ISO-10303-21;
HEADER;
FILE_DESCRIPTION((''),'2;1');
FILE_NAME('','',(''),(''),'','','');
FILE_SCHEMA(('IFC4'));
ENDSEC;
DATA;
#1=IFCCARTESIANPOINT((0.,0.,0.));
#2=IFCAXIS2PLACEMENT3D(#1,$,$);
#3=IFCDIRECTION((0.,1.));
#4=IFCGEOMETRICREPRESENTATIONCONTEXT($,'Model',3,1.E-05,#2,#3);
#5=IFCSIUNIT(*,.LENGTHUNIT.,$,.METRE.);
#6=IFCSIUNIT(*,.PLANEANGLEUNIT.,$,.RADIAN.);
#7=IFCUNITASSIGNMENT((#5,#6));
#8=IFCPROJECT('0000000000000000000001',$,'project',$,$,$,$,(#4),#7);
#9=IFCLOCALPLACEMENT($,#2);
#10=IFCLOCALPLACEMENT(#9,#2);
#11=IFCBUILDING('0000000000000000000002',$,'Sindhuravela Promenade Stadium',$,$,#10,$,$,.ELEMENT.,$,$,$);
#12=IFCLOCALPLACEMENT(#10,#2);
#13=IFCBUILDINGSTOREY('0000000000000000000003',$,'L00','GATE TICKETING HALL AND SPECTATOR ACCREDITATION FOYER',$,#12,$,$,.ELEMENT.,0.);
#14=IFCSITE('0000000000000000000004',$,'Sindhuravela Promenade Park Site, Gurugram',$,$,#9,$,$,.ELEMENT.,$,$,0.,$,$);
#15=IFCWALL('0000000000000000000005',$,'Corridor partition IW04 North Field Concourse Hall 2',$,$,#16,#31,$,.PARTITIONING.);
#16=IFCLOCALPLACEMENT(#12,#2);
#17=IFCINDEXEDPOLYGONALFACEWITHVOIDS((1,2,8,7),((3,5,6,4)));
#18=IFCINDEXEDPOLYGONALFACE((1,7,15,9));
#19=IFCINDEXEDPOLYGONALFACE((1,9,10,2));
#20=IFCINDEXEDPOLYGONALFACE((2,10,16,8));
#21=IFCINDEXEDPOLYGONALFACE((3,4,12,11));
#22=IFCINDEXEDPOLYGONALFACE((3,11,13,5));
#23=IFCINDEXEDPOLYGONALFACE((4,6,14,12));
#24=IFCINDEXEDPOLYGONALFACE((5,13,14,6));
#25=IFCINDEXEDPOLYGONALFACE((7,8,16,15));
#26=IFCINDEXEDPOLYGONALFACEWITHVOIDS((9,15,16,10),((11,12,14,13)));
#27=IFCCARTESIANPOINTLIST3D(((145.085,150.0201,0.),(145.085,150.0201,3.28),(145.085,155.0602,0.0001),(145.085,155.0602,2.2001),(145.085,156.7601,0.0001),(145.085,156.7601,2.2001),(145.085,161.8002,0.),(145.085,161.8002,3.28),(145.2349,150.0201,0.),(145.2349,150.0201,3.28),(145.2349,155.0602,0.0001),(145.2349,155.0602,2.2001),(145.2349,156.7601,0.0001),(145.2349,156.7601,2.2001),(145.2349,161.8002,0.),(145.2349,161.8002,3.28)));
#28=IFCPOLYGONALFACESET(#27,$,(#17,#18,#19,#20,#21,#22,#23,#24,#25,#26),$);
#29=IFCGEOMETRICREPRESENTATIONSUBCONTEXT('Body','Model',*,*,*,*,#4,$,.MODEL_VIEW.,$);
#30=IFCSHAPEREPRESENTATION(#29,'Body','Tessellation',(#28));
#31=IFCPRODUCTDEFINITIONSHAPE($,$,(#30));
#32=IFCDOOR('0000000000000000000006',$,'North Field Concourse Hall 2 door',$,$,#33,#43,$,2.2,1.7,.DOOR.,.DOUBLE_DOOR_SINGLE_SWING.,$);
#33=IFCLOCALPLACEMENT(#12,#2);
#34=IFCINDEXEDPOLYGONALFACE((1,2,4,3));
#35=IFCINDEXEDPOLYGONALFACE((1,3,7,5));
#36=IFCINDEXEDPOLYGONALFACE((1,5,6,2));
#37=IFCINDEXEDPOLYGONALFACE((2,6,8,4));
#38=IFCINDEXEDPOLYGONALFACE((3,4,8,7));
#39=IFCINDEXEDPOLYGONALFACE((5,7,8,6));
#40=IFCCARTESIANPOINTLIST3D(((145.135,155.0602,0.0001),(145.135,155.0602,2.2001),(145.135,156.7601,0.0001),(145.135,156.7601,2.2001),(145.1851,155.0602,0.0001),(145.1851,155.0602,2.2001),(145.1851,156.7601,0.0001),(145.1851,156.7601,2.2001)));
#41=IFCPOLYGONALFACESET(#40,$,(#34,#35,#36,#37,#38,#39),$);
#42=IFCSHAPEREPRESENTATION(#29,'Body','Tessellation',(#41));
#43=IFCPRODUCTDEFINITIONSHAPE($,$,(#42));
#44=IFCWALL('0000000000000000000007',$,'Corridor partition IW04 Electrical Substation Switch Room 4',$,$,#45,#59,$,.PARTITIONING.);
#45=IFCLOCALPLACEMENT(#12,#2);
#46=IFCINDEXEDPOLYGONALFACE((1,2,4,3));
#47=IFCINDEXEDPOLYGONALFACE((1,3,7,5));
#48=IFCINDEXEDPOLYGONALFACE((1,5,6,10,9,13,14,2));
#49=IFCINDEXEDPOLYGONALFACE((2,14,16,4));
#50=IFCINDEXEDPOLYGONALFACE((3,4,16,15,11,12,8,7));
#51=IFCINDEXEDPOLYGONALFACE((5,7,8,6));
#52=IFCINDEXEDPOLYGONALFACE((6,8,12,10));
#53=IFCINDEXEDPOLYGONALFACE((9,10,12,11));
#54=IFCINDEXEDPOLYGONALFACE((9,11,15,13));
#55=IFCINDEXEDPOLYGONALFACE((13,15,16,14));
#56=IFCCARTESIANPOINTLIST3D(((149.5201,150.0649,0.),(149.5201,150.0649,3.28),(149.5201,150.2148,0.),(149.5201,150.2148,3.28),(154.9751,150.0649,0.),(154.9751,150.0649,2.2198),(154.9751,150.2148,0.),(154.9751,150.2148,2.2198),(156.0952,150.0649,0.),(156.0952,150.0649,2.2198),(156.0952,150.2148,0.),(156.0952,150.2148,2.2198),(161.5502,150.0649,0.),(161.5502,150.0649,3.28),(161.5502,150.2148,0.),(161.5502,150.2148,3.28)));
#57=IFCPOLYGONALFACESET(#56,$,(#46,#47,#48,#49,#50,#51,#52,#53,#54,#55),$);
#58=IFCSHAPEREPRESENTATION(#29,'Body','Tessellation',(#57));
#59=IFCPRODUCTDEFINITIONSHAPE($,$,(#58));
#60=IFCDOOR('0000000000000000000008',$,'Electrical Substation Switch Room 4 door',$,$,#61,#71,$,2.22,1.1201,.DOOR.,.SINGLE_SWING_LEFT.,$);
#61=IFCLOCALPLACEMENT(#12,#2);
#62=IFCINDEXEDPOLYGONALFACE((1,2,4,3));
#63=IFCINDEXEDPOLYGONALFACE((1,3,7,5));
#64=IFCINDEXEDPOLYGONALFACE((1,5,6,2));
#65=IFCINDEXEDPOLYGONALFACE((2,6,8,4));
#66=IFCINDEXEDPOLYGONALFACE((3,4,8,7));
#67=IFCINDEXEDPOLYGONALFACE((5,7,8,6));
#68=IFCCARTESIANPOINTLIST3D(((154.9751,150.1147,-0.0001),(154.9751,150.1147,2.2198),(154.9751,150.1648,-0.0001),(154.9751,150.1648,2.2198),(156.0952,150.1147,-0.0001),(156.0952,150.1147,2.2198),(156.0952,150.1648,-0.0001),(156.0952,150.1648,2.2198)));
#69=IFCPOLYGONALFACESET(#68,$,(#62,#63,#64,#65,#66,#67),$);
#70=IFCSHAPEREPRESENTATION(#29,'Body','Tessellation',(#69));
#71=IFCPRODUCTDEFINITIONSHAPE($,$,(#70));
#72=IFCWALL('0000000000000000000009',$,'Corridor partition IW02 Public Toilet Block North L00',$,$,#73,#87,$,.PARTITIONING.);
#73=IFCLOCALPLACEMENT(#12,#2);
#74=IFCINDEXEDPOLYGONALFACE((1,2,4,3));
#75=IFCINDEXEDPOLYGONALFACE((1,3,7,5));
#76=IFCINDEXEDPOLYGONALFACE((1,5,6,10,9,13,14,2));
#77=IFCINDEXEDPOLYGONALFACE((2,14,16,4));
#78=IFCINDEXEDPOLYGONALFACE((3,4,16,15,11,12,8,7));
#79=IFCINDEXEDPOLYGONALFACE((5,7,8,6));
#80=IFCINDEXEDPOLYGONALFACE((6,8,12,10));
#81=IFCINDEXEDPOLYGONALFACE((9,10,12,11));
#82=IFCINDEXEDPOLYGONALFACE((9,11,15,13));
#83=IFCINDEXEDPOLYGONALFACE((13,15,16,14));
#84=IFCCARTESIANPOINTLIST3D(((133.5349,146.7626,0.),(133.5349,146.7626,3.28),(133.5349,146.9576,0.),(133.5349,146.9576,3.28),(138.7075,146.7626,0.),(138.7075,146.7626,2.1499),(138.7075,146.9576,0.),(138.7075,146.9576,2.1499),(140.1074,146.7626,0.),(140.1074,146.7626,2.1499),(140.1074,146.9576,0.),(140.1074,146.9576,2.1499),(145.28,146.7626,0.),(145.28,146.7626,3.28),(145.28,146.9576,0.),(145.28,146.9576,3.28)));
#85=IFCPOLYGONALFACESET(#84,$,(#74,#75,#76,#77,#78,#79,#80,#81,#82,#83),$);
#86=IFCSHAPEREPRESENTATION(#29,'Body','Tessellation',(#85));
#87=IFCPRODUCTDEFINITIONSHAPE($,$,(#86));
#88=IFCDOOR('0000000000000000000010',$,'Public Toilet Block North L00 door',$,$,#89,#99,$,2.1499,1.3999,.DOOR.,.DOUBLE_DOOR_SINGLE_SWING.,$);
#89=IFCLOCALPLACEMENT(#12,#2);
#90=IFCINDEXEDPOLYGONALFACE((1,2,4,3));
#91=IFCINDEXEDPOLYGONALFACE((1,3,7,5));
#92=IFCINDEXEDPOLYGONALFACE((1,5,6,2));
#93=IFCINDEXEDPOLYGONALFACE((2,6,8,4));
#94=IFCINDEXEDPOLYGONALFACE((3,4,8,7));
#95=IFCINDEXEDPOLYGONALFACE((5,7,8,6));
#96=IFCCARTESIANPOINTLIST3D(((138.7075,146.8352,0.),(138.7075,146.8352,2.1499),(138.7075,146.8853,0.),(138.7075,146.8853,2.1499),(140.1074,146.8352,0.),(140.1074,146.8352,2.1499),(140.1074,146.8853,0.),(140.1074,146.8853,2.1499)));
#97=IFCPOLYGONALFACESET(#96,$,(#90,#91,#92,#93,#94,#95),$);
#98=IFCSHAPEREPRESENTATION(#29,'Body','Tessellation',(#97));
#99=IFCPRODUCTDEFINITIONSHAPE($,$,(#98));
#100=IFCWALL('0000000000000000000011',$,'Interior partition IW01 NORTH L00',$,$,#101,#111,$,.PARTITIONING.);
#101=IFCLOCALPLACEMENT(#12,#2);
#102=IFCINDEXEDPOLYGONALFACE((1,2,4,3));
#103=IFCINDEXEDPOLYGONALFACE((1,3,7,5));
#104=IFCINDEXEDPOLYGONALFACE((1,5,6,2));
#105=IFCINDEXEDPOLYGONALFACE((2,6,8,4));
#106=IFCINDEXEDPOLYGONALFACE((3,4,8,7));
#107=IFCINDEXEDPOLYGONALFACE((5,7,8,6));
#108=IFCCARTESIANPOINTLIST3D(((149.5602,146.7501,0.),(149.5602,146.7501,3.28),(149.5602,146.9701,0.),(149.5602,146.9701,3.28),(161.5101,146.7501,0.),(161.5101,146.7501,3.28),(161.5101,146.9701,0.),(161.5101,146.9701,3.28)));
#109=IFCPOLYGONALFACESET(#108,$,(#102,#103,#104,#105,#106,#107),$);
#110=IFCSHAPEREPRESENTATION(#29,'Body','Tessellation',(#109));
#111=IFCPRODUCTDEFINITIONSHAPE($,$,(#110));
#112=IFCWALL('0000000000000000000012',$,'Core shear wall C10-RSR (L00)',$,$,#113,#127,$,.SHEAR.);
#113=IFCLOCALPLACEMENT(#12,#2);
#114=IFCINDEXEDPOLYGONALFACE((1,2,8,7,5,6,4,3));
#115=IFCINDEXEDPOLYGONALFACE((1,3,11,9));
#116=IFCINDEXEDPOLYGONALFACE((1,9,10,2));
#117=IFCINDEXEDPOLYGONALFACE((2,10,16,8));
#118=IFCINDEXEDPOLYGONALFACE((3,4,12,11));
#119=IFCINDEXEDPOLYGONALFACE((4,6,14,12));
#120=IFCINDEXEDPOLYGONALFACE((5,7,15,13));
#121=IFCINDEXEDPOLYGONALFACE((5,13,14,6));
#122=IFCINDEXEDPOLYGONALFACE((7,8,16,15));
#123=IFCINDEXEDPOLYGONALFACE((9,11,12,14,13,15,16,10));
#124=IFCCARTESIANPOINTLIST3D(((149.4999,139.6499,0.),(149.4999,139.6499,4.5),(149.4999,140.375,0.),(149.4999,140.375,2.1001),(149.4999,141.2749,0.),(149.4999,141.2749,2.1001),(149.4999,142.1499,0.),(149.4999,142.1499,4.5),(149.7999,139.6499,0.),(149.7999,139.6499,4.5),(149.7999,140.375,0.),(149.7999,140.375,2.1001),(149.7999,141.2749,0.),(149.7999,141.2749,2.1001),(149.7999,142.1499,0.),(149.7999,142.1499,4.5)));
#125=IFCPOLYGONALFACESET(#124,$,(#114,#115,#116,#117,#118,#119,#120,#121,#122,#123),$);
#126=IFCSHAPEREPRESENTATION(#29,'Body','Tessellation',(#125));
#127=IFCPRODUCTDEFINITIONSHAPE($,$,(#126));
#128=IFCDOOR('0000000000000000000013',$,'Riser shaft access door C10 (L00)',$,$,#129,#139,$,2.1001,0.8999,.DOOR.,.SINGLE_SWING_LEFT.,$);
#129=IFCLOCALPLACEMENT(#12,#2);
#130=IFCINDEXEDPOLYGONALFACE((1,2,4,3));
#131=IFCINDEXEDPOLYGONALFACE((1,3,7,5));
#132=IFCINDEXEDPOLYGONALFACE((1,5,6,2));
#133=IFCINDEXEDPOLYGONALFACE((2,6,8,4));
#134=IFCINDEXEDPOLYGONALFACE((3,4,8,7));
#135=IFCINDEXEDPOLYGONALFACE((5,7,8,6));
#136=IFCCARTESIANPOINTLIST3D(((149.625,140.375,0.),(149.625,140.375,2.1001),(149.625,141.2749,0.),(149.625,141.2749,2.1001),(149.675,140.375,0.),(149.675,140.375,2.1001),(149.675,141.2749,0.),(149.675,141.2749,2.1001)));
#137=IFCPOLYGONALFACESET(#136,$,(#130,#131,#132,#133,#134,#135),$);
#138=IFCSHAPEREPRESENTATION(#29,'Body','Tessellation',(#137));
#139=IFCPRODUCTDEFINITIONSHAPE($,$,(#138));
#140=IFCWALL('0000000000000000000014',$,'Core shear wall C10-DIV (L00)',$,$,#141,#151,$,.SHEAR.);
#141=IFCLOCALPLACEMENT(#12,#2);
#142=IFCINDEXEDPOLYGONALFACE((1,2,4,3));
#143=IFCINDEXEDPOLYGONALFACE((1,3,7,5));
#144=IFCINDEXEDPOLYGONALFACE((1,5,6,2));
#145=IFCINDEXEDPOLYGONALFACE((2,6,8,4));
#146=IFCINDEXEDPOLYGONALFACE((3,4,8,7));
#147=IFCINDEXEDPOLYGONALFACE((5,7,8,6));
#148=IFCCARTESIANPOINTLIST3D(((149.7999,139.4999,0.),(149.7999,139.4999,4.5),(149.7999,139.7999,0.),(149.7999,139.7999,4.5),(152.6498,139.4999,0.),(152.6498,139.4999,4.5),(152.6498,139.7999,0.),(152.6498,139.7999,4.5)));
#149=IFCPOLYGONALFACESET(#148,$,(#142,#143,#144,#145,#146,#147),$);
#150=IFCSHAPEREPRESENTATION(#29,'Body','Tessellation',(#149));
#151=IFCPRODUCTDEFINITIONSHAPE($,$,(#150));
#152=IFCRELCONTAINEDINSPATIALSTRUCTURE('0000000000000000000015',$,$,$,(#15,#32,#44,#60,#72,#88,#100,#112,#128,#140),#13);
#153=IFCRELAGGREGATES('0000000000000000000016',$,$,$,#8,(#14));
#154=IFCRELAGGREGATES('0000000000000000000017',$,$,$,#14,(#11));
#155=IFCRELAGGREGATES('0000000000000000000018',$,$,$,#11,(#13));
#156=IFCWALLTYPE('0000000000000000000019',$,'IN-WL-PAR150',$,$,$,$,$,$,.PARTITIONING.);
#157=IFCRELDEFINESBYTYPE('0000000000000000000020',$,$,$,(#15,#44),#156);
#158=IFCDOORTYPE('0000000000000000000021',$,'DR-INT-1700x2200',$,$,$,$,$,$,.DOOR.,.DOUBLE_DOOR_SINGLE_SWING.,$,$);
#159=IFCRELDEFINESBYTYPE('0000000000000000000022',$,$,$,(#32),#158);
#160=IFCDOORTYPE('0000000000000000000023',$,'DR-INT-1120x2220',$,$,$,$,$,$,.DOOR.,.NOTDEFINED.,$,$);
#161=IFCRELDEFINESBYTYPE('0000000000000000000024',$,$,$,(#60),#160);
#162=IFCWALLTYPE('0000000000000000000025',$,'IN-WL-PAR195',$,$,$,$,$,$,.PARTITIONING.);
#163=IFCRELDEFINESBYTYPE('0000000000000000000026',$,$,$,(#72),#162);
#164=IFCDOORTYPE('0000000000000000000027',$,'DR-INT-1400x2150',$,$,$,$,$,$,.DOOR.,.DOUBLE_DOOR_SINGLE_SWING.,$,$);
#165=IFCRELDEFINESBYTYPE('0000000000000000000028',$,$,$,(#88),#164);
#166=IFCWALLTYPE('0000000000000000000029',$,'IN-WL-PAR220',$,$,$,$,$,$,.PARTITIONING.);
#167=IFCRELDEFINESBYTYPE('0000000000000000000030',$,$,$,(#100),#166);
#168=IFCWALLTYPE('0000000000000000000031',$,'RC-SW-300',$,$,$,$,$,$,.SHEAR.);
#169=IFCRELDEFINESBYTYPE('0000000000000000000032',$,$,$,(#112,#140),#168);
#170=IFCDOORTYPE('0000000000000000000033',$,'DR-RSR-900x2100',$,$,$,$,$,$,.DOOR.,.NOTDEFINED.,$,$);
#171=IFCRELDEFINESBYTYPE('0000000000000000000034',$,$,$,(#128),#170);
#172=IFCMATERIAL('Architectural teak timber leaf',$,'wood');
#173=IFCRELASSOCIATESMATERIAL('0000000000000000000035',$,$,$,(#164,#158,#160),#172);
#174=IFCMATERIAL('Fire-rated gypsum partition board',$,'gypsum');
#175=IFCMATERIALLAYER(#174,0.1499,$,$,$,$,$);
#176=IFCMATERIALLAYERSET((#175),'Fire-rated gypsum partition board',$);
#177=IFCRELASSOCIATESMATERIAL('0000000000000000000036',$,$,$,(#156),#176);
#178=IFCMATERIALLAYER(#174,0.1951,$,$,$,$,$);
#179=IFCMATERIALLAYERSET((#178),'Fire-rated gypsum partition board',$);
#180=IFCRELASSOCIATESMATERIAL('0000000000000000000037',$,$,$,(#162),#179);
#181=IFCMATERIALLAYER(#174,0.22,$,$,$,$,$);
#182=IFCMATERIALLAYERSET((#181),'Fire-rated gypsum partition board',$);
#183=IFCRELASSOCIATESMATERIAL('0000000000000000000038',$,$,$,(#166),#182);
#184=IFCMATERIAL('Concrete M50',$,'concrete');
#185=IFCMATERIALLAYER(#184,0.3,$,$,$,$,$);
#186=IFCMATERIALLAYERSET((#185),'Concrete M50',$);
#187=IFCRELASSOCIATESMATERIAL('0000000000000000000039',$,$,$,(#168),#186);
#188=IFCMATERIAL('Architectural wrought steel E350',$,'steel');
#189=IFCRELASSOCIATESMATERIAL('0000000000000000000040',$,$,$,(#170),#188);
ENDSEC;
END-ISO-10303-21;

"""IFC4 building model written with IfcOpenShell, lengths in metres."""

from ifc_helpers import new_model, si_unit, direction, frame, frame_2d, origin, place, context, subcontext, project, spatial, rectangle, extrude, material, layer, layer_set, type_object, element, fill, save


model = new_model("IFC4")

# Units and contexts
model_context = context("Model", 3, precision=1e-05, world=origin(), true_north=direction((0.0, 1.0)))
body_context = subcontext(model_context, "Body", "Model", "MODEL_VIEW")
ifc_project = project(units=[si_unit("LENGTHUNIT", "METRE"), si_unit("PLANEANGLEUNIT", "RADIAN")], contexts=[model_context])

# Site, building, storey
site_placement = place(None, origin())
site = spatial("IfcSite", under=ifc_project, at=site_placement, Name="Sindhuravela Promenade Park Site, Gurugram", CompositionType="ELEMENT", RefElevation=0.0)
building_placement = place(site_placement, origin())
building = spatial("IfcBuilding", under=site, at=building_placement, Name="Sindhuravela Promenade Stadium", CompositionType="ELEMENT")
storey_placement = place(building_placement, origin())
storey = spatial("IfcBuildingStorey", under=building, at=storey_placement, Name="L00", Description="GATE TICKETING HALL AND SPECTATOR ACCREDITATION FOYER", CompositionType="ELEMENT", Elevation=0.0)

# Shared definitions
ifc_material_1 = material(Name="Concrete M50", Category="concrete")

# Shared definitions
ifc_material_2 = material(Name="Fire-rated gypsum partition board", Category="gypsum")
ifc_material_3 = material(Name="Architectural teak timber leaf", Category="wood")
door_type_1 = type_object("IfcDoorType", Name="DR-INT-1400x2150", OperationType="DOUBLE_DOOR_SINGLE_SWING", PredefinedType="DOOR", material=ifc_material_3)

# Walls, openings, doors
ifc_layer_1 = layer(ifc_material_2, 0.1499)
ifc_layer_set_1 = layer_set([ifc_layer_1], Name="Fire-rated gypsum partition board")
wall_type_1 = type_object("IfcWallType", Name="IN-WL-PAR150", PredefinedType="PARTITIONING", material=ifc_layer_set_1)
wall_1_placement = place(storey_placement, frame((145.1599, 150.02, 0.0), z_axis=(0.0, 0.0, 1.0), x_axis=(0.0, 1.0, 0.0)))
wall_1 = element("IfcWall", 1, at=wall_1_placement, inside=storey, type_object=wall_type_1, Name="Corridor partition IW04 North Field Concourse Hall 2", PredefinedType="PARTITIONING", context=body_context, shape_type="SweptSolid", body=[
    extrude(rectangle(XDim=11.78, YDim=0.1499, at=frame_2d((5.8901, 0.0))), origin(), (0.0, 0.0, 1.0), 3.28),
])
opening_1_placement = place(wall_1_placement, frame((5.04, 0.0, 0.0)))
opening_1 = element("IfcOpeningElement", 2, at=opening_1_placement, cuts=wall_1, PredefinedType="OPENING", context=body_context, shape_type="SweptSolid", body=[
    extrude(rectangle(XDim=1.7, YDim=2.2, at=frame_2d((0.8501, 1.1001))), frame((0.0, 0.085, 0.0), z_axis=(0.0, -1.0, 0.0), x_axis=(1.0, 0.0, 0.0)), (0.0, 0.0, 1.0), 0.1699),
])
door_type_2 = type_object("IfcDoorType", Name="DR-INT-1700x2200", OperationType="DOUBLE_DOOR_SINGLE_SWING", PredefinedType="DOOR", material=ifc_material_3)
door_1_placement = place(opening_1_placement, origin())
door_1 = element("IfcDoor", 3, at=door_1_placement, inside=storey, type_object=door_type_2, Name="North Field Concourse Hall 2 door", OperationType="DOUBLE_DOOR_SINGLE_SWING", OverallHeight=2.2, OverallWidth=1.7, PredefinedType="DOOR", context=body_context, shape_type="SweptSolid", body=[
    extrude(rectangle(XDim=1.7, YDim=2.2, at=frame_2d((0.8501, 1.1001))), frame((0.0, 0.0249, 0.0), z_axis=(0.0, -1.0, 0.0), x_axis=(1.0, 0.0, 0.0)), (0.0, 0.0, 1.0), 0.05),
])
fill(opening_1, door_1)
wall_2_placement = place(storey_placement, frame((149.52, 150.1399, 0.0), z_axis=(0.0, 0.0, 1.0), x_axis=(1.0, 0.0, 0.0)))
wall_2 = element("IfcWall", 4, at=wall_2_placement, inside=storey, type_object=wall_type_1, Name="Corridor partition IW04 Electrical Substation Switch Room 4", PredefinedType="PARTITIONING", context=body_context, shape_type="SweptSolid", body=[
    extrude(rectangle(XDim=12.03, YDim=0.1499, at=frame_2d((6.0151, 0.0))), origin(), (0.0, 0.0, 1.0), 3.28),
])
opening_2_placement = place(wall_2_placement, frame((5.4551, 0.0, 0.0)))
opening_2 = element("IfcOpeningElement", 5, at=opening_2_placement, cuts=wall_2, PredefinedType="OPENING", context=body_context, shape_type="SweptSolid", body=[
    extrude(rectangle(XDim=1.1201, YDim=2.22, at=frame_2d((0.5601, 1.1099))), frame((0.0, 0.085, 0.0), z_axis=(0.0, -1.0, 0.0), x_axis=(1.0, 0.0, 0.0)), (0.0, 0.0, 1.0), 0.1699),
])
door_type_3 = type_object("IfcDoorType", Name="DR-INT-1120x2220", OperationType="NOTDEFINED", PredefinedType="DOOR", material=ifc_material_3)
door_2_placement = place(opening_2_placement, origin())
door_2 = element("IfcDoor", 6, at=door_2_placement, inside=storey, type_object=door_type_3, Name="Electrical Substation Switch Room 4 door", OperationType="SINGLE_SWING_LEFT", OverallHeight=2.22, OverallWidth=1.1201, PredefinedType="DOOR", context=body_context, shape_type="SweptSolid", body=[
    extrude(rectangle(XDim=1.1201, YDim=2.22, at=frame_2d((0.5601, 1.1099))), frame((0.0, 0.0249, 0.0), z_axis=(0.0, -1.0, 0.0), x_axis=(1.0, 0.0, 0.0)), (0.0, 0.0, 1.0), 0.05),
])
fill(opening_2, door_2)

# Wall, opening, door
ifc_layer_2 = layer(ifc_material_2, 0.1951)
ifc_layer_set_2 = layer_set([ifc_layer_2], Name="Fire-rated gypsum partition board")
wall_type_2 = type_object("IfcWallType", Name="IN-WL-PAR195", PredefinedType="PARTITIONING", material=ifc_layer_set_2)
wall_3_placement = place(storey_placement, frame((145.28, 146.8601, 0.0), z_axis=(0.0, 0.0, 1.0), x_axis=(-1.0, 0.0, 0.0)))
wall_3 = element("IfcWall", 7, at=wall_3_placement, inside=storey, type_object=wall_type_2, Name="Corridor partition IW02 Public Toilet Block North L00", PredefinedType="PARTITIONING", context=body_context, shape_type="SweptSolid", body=[
    extrude(rectangle(XDim=11.7451, YDim=0.1951, at=frame_2d((5.8726, 0.0))), origin(), (0.0, 0.0, 1.0), 3.28),
])
opening_3_placement = place(wall_3_placement, frame((5.1726, 0.0, 0.0)))
opening_3 = element("IfcOpeningElement", 8, at=opening_3_placement, cuts=wall_3, PredefinedType="OPENING", context=body_context, shape_type="SweptSolid", body=[
    extrude(rectangle(XDim=1.3999, YDim=2.1499, at=frame_2d((0.7, 1.075))), frame((0.0, 0.1074, 0.0), z_axis=(0.0, -1.0, 0.0), x_axis=(1.0, 0.0, 0.0)), (0.0, 0.0, 1.0), 0.2151),
])
door_3_placement = place(opening_3_placement, origin())
door_3 = element("IfcDoor", 9, at=door_3_placement, inside=storey, type_object=door_type_1, Name="Public Toilet Block North L00 door", OperationType="DOUBLE_DOOR_SINGLE_SWING", OverallHeight=2.1499, OverallWidth=1.3999, PredefinedType="DOOR", context=body_context, shape_type="SweptSolid", body=[
    extrude(rectangle(XDim=1.3999, YDim=2.1499, at=frame_2d((0.7, 1.075))), frame((0.0, 0.0249, 0.0), z_axis=(0.0, -1.0, 0.0), x_axis=(1.0, 0.0, 0.0)), (0.0, 0.0, 1.0), 0.05),
])
fill(opening_3, door_3)

# Wall
ifc_layer_3 = layer(ifc_material_2, 0.22)
ifc_layer_set_3 = layer_set([ifc_layer_3], Name="Fire-rated gypsum partition board")
wall_type_3 = type_object("IfcWallType", Name="IN-WL-PAR220", PredefinedType="PARTITIONING", material=ifc_layer_set_3)
wall_4_placement = place(storey_placement, frame((149.5601, 146.8601, 0.0), z_axis=(0.0, 0.0, 1.0), x_axis=(1.0, 0.0, 0.0)))
element("IfcWall", 10, at=wall_4_placement, inside=storey, type_object=wall_type_3, Name="Interior partition IW01 NORTH L00", PredefinedType="PARTITIONING", context=body_context, shape_type="SweptSolid", body=[
    extrude(rectangle(XDim=11.95, YDim=0.22, at=frame_2d((5.9751, 0.0))), origin(), (0.0, 0.0, 1.0), 3.28),
])

# Wall, opening, door
ifc_layer_4 = layer(ifc_material_1, 0.3)
ifc_layer_set_4 = layer_set([ifc_layer_4], Name="Concrete M50")
wall_type_4 = type_object("IfcWallType", Name="RC-SW-300", PredefinedType="SHEAR", material=ifc_layer_set_4)
wall_5_placement = place(storey_placement, frame((149.6499, 139.6499, 0.0), z_axis=(0.0, 0.0, 1.0), x_axis=(0.0, 1.0, 0.0)))
wall_5 = element("IfcWall", 11, at=wall_5_placement, inside=storey, type_object=wall_type_4, Name="Core shear wall C10-RSR (L00)", PredefinedType="SHEAR", context=body_context, shape_type="SweptSolid", body=[
    extrude(rectangle(XDim=2.5, YDim=0.3, at=frame_2d((1.25, 0.0))), origin(), (0.0, 0.0, 1.0), 4.5),
])
opening_4_placement = place(wall_5_placement, frame((0.7251, 0.0, 0.0)))
opening_4 = element("IfcOpeningElement", 12, at=opening_4_placement, cuts=wall_5, PredefinedType="OPENING", context=body_context, shape_type="SweptSolid", body=[
    extrude(rectangle(XDim=0.8999, YDim=2.1001, at=frame_2d((0.45, 1.05))), frame((0.0, 0.1599, 0.0), z_axis=(0.0, -1.0, 0.0), x_axis=(1.0, 0.0, 0.0)), (0.0, 0.0, 1.0), 0.3201),
])
ifc_material_4 = material(Name="Architectural wrought steel E350", Category="steel")
door_type_4 = type_object("IfcDoorType", Name="DR-RSR-900x2100", OperationType="NOTDEFINED", PredefinedType="DOOR", material=ifc_material_4)
door_4_placement = place(opening_4_placement, origin())
door_4 = element("IfcDoor", 13, at=door_4_placement, inside=storey, type_object=door_type_4, Name="Riser shaft access door C10 (L00)", OperationType="SINGLE_SWING_LEFT", OverallHeight=2.1001, OverallWidth=0.8999, PredefinedType="DOOR", context=body_context, shape_type="SweptSolid", body=[
    extrude(rectangle(XDim=0.8999, YDim=2.1001, at=frame_2d((0.45, 1.05))), frame((0.0, 0.0249, 0.0), z_axis=(0.0, -1.0, 0.0), x_axis=(1.0, 0.0, 0.0)), (0.0, 0.0, 1.0), 0.05),
])
fill(opening_4, door_4)

# Wall
wall_6_placement = place(storey_placement, frame((149.8, 139.6499, 0.0), z_axis=(0.0, 0.0, 1.0), x_axis=(1.0, 0.0, 0.0)))
element("IfcWall", 14, at=wall_6_placement, inside=storey, type_object=wall_type_4, Name="Core shear wall C10-DIV (L00)", PredefinedType="SHEAR", context=body_context, shape_type="SweptSolid", body=[
    extrude(rectangle(XDim=2.8499, YDim=0.3, at=frame_2d((1.4248, 0.0))), origin(), (0.0, 0.0, 1.0), 4.5),
])

save(model, "model.ifc")
